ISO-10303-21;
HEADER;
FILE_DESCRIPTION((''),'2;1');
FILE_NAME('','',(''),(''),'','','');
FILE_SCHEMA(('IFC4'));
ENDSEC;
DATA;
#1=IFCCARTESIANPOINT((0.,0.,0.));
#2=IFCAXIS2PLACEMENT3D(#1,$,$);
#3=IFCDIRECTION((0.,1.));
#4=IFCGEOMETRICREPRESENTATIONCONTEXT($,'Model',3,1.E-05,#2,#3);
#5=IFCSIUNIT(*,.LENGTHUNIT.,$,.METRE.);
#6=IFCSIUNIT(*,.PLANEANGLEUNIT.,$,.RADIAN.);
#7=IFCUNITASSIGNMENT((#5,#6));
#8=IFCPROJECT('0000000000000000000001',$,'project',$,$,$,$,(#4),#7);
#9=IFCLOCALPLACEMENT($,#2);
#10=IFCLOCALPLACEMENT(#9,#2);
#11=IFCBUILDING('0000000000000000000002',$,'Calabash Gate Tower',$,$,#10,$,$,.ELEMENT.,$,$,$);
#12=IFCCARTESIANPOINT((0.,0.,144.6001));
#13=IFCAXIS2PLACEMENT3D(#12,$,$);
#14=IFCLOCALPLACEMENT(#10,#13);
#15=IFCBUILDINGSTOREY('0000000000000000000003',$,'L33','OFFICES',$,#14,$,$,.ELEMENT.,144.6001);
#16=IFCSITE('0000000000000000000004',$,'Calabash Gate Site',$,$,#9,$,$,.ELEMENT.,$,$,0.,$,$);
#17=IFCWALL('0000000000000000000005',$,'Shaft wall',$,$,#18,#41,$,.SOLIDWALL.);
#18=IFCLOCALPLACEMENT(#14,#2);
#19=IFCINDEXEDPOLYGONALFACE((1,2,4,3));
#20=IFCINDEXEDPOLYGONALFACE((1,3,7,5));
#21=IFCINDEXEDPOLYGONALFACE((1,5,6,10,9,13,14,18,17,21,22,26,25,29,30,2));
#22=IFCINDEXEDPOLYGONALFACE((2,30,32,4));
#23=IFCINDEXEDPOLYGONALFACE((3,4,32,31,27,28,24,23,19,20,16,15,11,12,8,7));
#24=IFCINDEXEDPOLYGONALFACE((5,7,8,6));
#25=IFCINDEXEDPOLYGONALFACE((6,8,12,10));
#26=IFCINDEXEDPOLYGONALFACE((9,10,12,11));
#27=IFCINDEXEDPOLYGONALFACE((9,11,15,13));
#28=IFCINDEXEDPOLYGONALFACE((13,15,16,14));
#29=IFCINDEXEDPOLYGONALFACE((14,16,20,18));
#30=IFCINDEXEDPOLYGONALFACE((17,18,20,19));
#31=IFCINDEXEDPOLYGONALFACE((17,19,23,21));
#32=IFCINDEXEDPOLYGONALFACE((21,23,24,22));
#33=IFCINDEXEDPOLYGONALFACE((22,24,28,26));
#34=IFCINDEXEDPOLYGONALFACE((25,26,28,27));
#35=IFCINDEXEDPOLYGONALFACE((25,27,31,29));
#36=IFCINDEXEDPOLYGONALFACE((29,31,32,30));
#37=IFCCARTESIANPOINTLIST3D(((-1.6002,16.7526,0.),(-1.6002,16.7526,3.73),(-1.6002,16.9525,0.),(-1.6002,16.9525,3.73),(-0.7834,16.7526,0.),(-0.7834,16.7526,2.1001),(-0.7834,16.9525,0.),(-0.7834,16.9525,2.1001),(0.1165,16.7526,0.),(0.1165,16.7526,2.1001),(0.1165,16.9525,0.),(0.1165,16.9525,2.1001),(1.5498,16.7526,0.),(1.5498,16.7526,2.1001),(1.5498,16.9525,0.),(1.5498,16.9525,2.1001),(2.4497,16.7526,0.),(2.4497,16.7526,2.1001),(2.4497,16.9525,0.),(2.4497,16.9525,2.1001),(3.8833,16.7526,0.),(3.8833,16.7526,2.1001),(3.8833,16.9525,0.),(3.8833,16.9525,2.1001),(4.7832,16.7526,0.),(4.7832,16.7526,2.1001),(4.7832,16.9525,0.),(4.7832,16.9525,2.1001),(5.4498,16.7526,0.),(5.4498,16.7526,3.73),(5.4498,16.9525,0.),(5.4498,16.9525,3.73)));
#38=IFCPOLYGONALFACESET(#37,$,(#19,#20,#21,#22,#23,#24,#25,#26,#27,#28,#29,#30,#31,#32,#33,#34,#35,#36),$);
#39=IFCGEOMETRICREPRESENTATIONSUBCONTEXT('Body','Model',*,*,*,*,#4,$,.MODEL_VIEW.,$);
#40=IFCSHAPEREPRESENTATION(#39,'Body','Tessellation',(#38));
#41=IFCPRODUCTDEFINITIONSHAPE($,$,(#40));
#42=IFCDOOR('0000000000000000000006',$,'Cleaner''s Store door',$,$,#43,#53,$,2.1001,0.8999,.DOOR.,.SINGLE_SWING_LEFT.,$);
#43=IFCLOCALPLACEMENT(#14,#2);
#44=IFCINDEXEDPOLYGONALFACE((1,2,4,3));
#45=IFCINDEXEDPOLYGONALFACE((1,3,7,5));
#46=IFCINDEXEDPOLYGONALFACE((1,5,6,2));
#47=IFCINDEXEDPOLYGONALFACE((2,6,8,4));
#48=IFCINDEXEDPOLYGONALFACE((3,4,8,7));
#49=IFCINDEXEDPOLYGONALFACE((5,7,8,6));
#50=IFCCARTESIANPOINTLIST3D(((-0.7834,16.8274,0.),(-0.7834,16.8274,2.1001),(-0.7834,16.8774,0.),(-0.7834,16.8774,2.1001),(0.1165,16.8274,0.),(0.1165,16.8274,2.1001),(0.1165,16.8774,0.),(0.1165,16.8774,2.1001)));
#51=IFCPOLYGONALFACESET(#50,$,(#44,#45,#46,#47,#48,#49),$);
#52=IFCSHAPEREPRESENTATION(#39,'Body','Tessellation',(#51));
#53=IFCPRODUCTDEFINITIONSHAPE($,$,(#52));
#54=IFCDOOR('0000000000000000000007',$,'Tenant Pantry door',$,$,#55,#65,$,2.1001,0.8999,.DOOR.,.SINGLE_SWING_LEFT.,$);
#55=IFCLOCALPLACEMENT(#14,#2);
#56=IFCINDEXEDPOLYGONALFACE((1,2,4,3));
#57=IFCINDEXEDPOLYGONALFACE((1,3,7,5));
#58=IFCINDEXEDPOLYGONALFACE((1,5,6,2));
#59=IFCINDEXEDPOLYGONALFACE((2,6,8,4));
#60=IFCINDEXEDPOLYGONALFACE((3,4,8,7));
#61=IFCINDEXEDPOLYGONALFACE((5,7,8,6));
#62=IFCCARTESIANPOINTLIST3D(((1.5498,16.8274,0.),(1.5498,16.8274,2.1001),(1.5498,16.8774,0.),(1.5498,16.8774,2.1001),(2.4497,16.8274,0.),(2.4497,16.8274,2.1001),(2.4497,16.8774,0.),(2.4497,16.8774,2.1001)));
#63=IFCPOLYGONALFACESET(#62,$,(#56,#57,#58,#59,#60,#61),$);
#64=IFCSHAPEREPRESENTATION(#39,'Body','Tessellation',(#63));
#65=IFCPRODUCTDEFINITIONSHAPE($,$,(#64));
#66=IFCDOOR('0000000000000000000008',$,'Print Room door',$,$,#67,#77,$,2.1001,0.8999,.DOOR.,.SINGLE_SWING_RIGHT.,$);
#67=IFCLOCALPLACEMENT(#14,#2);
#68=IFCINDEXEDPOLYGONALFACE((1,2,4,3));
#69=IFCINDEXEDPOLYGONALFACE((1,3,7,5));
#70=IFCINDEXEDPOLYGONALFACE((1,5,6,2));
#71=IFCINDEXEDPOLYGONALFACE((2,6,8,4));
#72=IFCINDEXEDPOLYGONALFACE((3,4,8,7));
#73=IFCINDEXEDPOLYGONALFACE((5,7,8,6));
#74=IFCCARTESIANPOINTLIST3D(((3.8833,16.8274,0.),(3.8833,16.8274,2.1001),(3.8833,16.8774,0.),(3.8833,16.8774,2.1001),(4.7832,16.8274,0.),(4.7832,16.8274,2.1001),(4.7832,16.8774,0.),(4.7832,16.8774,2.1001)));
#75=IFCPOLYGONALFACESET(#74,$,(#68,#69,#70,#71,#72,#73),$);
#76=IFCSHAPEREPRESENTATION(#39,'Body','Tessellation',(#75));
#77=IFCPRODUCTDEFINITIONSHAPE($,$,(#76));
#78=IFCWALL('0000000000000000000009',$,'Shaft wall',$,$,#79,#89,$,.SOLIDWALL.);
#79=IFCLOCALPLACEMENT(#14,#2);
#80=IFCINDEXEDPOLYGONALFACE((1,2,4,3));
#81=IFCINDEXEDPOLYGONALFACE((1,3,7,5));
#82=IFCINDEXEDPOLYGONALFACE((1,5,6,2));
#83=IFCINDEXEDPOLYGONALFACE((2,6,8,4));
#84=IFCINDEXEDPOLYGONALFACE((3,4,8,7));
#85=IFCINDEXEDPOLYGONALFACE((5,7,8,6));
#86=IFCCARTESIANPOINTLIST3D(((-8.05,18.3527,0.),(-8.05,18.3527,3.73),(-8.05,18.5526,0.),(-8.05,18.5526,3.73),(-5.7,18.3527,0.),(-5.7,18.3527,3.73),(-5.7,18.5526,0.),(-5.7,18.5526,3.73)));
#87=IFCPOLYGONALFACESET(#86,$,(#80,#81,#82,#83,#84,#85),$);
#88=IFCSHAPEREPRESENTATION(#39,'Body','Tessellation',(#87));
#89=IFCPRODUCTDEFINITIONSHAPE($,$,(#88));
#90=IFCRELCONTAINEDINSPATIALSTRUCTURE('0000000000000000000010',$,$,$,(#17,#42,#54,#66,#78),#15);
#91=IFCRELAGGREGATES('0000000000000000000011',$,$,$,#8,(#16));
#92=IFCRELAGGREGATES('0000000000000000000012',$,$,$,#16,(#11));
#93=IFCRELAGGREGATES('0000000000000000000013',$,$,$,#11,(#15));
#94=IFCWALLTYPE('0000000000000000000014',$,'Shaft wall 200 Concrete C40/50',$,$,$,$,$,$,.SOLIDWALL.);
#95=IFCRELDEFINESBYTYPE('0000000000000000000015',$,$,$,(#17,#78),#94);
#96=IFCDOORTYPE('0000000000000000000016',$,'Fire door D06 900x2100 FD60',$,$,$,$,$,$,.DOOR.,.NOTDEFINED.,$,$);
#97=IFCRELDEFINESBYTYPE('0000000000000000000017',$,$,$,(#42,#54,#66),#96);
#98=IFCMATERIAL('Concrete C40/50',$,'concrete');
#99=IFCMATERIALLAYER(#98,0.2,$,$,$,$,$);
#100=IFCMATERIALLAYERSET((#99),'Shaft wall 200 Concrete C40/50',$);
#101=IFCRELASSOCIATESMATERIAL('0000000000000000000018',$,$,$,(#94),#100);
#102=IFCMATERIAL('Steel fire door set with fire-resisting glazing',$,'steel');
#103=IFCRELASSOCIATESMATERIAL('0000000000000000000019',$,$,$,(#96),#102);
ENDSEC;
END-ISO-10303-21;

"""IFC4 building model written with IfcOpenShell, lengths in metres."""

from ifc_helpers import new_model, si_unit, direction, frame, frame_2d, origin, place, context, subcontext, project, spatial, rectangle, extrude, material, layer, layer_set, type_object, element, fill, save


model = new_model("IFC4")

# Units and contexts
model_context = context("Model", 3, precision=1e-05, world=origin(), true_north=direction((0.0, 1.0)))
body_context = subcontext(model_context, "Body", "Model", "MODEL_VIEW")
ifc_project = project(units=[si_unit("LENGTHUNIT", "METRE"), si_unit("PLANEANGLEUNIT", "RADIAN")], contexts=[model_context])

# Site, building, storey
site_placement = place(None, origin())
site = spatial("IfcSite", under=ifc_project, at=site_placement, Name="Calabash Gate Site", CompositionType="ELEMENT", RefElevation=0.0)
building_placement = place(site_placement, origin())
building = spatial("IfcBuilding", under=site, at=building_placement, Name="Calabash Gate Tower", CompositionType="ELEMENT")
storey_placement = place(building_placement, frame((0.0, 0.0, 144.6001)))
storey = spatial("IfcBuildingStorey", under=building, at=storey_placement, Name="L33", Description="OFFICES", CompositionType="ELEMENT", Elevation=144.6001)

# Shared definitions
ifc_material_1 = material(Name="Concrete C40/50", Category="concrete")
ifc_layer_1 = layer(ifc_material_1, 0.2)
ifc_layer_set_1 = layer_set([ifc_layer_1], Name="Shaft wall 200 Concrete C40/50")
wall_type_1 = type_object("IfcWallType", Name="Shaft wall 200 Concrete C40/50", PredefinedType="SOLIDWALL", material=ifc_layer_set_1)

# Shared definitions
ifc_material_2 = material(Name="Steel fire door set with fire-resisting glazing", Category="steel")
door_type_1 = type_object("IfcDoorType", Name="Fire door D06 900x2100 FD60", OperationType="NOTDEFINED", PredefinedType="DOOR", material=ifc_material_2)

# Wall, openings, doors
wall_1_placement = place(storey_placement, frame((-1.6001, 16.8525, 0.0), z_axis=(0.0, 0.0, 1.0), x_axis=(1.0, 0.0, 0.0)))
wall_1 = element("IfcWall", 1, at=wall_1_placement, inside=storey, type_object=wall_type_1, Name="Shaft wall", PredefinedType="SOLIDWALL", context=body_context, shape_type="SweptSolid", body=[
    extrude(rectangle(XDim=7.05, YDim=0.2, at=frame_2d((3.5249, 0.0))), origin(), (0.0, 0.0, 1.0), 3.73),
])
opening_1_placement = place(wall_1_placement, frame((0.8167, 0.0, 0.0)))
opening_1 = element("IfcOpeningElement", 2, at=opening_1_placement, cuts=wall_1, PredefinedType="OPENING", context=body_context, shape_type="SweptSolid", body=[
    extrude(rectangle(XDim=0.8999, YDim=2.1001, at=frame_2d((0.45, 1.05))), frame((0.0, 0.1099, 0.0), z_axis=(0.0, -1.0, 0.0), x_axis=(1.0, 0.0, 0.0)), (0.0, 0.0, 1.0), 0.22),
])
opening_2_placement = place(wall_1_placement, frame((3.1499, 0.0, 0.0)))
opening_2 = element("IfcOpeningElement", 3, at=opening_2_placement, cuts=wall_1, PredefinedType="OPENING", context=body_context, shape_type="SweptSolid", body=[
    extrude(rectangle(XDim=0.8999, YDim=2.1001, at=frame_2d((0.45, 1.05))), frame((0.0, 0.1099, 0.0), z_axis=(0.0, -1.0, 0.0), x_axis=(1.0, 0.0, 0.0)), (0.0, 0.0, 1.0), 0.22),
])
opening_3_placement = place(wall_1_placement, frame((5.4834, 0.0, 0.0)))
opening_3 = element("IfcOpeningElement", 4, at=opening_3_placement, cuts=wall_1, PredefinedType="OPENING", context=body_context, shape_type="SweptSolid", body=[
    extrude(rectangle(XDim=0.8999, YDim=2.1001, at=frame_2d((0.45, 1.05))), frame((0.0, 0.1099, 0.0), z_axis=(0.0, -1.0, 0.0), x_axis=(1.0, 0.0, 0.0)), (0.0, 0.0, 1.0), 0.22),
])
door_1_placement = place(opening_1_placement, origin())
door_1 = element("IfcDoor", 5, at=door_1_placement, inside=storey, type_object=door_type_1, Name="Cleaner's Store door", OperationType="SINGLE_SWING_LEFT", OverallHeight=2.1001, OverallWidth=0.8999, PredefinedType="DOOR", context=body_context, shape_type="SweptSolid", body=[
    extrude(rectangle(XDim=0.8999, YDim=2.1001, at=frame_2d((0.45, 1.05))), frame((0.0, 0.0249, 0.0), z_axis=(0.0, -1.0, 0.0), x_axis=(1.0, 0.0, 0.0)), (0.0, 0.0, 1.0), 0.05),
])
fill(opening_1, door_1)
door_2_placement = place(opening_2_placement, origin())
door_2 = element("IfcDoor", 6, at=door_2_placement, inside=storey, type_object=door_type_1, Name="Tenant Pantry door", OperationType="SINGLE_SWING_LEFT", OverallHeight=2.1001, OverallWidth=0.8999, PredefinedType="DOOR", context=body_context, shape_type="SweptSolid", body=[
    extrude(rectangle(XDim=0.8999, YDim=2.1001, at=frame_2d((0.45, 1.05))), frame((0.0, 0.0249, 0.0), z_axis=(0.0, -1.0, 0.0), x_axis=(1.0, 0.0, 0.0)), (0.0, 0.0, 1.0), 0.05),
])
fill(opening_2, door_2)
door_3_placement = place(opening_3_placement, origin())
door_3 = element("IfcDoor", 7, at=door_3_placement, inside=storey, type_object=door_type_1, Name="Print Room door", OperationType="SINGLE_SWING_RIGHT", OverallHeight=2.1001, OverallWidth=0.8999, PredefinedType="DOOR", context=body_context, shape_type="SweptSolid", body=[
    extrude(rectangle(XDim=0.8999, YDim=2.1001, at=frame_2d((0.45, 1.05))), frame((0.0, 0.0249, 0.0), z_axis=(0.0, -1.0, 0.0), x_axis=(1.0, 0.0, 0.0)), (0.0, 0.0, 1.0), 0.05),
])
fill(opening_3, door_3)

# Wall
wall_2_placement = place(storey_placement, frame((-8.05, 18.4526, 0.0), z_axis=(0.0, 0.0, 1.0), x_axis=(1.0, 0.0, 0.0)))
element("IfcWall", 8, at=wall_2_placement, inside=storey, type_object=wall_type_1, Name="Shaft wall", PredefinedType="SOLIDWALL", context=body_context, shape_type="SweptSolid", body=[
    extrude(rectangle(XDim=2.3501, YDim=0.2, at=frame_2d((1.175, 0.0))), origin(), (0.0, 0.0, 1.0), 3.73),
])

save(model, "model.ifc")
